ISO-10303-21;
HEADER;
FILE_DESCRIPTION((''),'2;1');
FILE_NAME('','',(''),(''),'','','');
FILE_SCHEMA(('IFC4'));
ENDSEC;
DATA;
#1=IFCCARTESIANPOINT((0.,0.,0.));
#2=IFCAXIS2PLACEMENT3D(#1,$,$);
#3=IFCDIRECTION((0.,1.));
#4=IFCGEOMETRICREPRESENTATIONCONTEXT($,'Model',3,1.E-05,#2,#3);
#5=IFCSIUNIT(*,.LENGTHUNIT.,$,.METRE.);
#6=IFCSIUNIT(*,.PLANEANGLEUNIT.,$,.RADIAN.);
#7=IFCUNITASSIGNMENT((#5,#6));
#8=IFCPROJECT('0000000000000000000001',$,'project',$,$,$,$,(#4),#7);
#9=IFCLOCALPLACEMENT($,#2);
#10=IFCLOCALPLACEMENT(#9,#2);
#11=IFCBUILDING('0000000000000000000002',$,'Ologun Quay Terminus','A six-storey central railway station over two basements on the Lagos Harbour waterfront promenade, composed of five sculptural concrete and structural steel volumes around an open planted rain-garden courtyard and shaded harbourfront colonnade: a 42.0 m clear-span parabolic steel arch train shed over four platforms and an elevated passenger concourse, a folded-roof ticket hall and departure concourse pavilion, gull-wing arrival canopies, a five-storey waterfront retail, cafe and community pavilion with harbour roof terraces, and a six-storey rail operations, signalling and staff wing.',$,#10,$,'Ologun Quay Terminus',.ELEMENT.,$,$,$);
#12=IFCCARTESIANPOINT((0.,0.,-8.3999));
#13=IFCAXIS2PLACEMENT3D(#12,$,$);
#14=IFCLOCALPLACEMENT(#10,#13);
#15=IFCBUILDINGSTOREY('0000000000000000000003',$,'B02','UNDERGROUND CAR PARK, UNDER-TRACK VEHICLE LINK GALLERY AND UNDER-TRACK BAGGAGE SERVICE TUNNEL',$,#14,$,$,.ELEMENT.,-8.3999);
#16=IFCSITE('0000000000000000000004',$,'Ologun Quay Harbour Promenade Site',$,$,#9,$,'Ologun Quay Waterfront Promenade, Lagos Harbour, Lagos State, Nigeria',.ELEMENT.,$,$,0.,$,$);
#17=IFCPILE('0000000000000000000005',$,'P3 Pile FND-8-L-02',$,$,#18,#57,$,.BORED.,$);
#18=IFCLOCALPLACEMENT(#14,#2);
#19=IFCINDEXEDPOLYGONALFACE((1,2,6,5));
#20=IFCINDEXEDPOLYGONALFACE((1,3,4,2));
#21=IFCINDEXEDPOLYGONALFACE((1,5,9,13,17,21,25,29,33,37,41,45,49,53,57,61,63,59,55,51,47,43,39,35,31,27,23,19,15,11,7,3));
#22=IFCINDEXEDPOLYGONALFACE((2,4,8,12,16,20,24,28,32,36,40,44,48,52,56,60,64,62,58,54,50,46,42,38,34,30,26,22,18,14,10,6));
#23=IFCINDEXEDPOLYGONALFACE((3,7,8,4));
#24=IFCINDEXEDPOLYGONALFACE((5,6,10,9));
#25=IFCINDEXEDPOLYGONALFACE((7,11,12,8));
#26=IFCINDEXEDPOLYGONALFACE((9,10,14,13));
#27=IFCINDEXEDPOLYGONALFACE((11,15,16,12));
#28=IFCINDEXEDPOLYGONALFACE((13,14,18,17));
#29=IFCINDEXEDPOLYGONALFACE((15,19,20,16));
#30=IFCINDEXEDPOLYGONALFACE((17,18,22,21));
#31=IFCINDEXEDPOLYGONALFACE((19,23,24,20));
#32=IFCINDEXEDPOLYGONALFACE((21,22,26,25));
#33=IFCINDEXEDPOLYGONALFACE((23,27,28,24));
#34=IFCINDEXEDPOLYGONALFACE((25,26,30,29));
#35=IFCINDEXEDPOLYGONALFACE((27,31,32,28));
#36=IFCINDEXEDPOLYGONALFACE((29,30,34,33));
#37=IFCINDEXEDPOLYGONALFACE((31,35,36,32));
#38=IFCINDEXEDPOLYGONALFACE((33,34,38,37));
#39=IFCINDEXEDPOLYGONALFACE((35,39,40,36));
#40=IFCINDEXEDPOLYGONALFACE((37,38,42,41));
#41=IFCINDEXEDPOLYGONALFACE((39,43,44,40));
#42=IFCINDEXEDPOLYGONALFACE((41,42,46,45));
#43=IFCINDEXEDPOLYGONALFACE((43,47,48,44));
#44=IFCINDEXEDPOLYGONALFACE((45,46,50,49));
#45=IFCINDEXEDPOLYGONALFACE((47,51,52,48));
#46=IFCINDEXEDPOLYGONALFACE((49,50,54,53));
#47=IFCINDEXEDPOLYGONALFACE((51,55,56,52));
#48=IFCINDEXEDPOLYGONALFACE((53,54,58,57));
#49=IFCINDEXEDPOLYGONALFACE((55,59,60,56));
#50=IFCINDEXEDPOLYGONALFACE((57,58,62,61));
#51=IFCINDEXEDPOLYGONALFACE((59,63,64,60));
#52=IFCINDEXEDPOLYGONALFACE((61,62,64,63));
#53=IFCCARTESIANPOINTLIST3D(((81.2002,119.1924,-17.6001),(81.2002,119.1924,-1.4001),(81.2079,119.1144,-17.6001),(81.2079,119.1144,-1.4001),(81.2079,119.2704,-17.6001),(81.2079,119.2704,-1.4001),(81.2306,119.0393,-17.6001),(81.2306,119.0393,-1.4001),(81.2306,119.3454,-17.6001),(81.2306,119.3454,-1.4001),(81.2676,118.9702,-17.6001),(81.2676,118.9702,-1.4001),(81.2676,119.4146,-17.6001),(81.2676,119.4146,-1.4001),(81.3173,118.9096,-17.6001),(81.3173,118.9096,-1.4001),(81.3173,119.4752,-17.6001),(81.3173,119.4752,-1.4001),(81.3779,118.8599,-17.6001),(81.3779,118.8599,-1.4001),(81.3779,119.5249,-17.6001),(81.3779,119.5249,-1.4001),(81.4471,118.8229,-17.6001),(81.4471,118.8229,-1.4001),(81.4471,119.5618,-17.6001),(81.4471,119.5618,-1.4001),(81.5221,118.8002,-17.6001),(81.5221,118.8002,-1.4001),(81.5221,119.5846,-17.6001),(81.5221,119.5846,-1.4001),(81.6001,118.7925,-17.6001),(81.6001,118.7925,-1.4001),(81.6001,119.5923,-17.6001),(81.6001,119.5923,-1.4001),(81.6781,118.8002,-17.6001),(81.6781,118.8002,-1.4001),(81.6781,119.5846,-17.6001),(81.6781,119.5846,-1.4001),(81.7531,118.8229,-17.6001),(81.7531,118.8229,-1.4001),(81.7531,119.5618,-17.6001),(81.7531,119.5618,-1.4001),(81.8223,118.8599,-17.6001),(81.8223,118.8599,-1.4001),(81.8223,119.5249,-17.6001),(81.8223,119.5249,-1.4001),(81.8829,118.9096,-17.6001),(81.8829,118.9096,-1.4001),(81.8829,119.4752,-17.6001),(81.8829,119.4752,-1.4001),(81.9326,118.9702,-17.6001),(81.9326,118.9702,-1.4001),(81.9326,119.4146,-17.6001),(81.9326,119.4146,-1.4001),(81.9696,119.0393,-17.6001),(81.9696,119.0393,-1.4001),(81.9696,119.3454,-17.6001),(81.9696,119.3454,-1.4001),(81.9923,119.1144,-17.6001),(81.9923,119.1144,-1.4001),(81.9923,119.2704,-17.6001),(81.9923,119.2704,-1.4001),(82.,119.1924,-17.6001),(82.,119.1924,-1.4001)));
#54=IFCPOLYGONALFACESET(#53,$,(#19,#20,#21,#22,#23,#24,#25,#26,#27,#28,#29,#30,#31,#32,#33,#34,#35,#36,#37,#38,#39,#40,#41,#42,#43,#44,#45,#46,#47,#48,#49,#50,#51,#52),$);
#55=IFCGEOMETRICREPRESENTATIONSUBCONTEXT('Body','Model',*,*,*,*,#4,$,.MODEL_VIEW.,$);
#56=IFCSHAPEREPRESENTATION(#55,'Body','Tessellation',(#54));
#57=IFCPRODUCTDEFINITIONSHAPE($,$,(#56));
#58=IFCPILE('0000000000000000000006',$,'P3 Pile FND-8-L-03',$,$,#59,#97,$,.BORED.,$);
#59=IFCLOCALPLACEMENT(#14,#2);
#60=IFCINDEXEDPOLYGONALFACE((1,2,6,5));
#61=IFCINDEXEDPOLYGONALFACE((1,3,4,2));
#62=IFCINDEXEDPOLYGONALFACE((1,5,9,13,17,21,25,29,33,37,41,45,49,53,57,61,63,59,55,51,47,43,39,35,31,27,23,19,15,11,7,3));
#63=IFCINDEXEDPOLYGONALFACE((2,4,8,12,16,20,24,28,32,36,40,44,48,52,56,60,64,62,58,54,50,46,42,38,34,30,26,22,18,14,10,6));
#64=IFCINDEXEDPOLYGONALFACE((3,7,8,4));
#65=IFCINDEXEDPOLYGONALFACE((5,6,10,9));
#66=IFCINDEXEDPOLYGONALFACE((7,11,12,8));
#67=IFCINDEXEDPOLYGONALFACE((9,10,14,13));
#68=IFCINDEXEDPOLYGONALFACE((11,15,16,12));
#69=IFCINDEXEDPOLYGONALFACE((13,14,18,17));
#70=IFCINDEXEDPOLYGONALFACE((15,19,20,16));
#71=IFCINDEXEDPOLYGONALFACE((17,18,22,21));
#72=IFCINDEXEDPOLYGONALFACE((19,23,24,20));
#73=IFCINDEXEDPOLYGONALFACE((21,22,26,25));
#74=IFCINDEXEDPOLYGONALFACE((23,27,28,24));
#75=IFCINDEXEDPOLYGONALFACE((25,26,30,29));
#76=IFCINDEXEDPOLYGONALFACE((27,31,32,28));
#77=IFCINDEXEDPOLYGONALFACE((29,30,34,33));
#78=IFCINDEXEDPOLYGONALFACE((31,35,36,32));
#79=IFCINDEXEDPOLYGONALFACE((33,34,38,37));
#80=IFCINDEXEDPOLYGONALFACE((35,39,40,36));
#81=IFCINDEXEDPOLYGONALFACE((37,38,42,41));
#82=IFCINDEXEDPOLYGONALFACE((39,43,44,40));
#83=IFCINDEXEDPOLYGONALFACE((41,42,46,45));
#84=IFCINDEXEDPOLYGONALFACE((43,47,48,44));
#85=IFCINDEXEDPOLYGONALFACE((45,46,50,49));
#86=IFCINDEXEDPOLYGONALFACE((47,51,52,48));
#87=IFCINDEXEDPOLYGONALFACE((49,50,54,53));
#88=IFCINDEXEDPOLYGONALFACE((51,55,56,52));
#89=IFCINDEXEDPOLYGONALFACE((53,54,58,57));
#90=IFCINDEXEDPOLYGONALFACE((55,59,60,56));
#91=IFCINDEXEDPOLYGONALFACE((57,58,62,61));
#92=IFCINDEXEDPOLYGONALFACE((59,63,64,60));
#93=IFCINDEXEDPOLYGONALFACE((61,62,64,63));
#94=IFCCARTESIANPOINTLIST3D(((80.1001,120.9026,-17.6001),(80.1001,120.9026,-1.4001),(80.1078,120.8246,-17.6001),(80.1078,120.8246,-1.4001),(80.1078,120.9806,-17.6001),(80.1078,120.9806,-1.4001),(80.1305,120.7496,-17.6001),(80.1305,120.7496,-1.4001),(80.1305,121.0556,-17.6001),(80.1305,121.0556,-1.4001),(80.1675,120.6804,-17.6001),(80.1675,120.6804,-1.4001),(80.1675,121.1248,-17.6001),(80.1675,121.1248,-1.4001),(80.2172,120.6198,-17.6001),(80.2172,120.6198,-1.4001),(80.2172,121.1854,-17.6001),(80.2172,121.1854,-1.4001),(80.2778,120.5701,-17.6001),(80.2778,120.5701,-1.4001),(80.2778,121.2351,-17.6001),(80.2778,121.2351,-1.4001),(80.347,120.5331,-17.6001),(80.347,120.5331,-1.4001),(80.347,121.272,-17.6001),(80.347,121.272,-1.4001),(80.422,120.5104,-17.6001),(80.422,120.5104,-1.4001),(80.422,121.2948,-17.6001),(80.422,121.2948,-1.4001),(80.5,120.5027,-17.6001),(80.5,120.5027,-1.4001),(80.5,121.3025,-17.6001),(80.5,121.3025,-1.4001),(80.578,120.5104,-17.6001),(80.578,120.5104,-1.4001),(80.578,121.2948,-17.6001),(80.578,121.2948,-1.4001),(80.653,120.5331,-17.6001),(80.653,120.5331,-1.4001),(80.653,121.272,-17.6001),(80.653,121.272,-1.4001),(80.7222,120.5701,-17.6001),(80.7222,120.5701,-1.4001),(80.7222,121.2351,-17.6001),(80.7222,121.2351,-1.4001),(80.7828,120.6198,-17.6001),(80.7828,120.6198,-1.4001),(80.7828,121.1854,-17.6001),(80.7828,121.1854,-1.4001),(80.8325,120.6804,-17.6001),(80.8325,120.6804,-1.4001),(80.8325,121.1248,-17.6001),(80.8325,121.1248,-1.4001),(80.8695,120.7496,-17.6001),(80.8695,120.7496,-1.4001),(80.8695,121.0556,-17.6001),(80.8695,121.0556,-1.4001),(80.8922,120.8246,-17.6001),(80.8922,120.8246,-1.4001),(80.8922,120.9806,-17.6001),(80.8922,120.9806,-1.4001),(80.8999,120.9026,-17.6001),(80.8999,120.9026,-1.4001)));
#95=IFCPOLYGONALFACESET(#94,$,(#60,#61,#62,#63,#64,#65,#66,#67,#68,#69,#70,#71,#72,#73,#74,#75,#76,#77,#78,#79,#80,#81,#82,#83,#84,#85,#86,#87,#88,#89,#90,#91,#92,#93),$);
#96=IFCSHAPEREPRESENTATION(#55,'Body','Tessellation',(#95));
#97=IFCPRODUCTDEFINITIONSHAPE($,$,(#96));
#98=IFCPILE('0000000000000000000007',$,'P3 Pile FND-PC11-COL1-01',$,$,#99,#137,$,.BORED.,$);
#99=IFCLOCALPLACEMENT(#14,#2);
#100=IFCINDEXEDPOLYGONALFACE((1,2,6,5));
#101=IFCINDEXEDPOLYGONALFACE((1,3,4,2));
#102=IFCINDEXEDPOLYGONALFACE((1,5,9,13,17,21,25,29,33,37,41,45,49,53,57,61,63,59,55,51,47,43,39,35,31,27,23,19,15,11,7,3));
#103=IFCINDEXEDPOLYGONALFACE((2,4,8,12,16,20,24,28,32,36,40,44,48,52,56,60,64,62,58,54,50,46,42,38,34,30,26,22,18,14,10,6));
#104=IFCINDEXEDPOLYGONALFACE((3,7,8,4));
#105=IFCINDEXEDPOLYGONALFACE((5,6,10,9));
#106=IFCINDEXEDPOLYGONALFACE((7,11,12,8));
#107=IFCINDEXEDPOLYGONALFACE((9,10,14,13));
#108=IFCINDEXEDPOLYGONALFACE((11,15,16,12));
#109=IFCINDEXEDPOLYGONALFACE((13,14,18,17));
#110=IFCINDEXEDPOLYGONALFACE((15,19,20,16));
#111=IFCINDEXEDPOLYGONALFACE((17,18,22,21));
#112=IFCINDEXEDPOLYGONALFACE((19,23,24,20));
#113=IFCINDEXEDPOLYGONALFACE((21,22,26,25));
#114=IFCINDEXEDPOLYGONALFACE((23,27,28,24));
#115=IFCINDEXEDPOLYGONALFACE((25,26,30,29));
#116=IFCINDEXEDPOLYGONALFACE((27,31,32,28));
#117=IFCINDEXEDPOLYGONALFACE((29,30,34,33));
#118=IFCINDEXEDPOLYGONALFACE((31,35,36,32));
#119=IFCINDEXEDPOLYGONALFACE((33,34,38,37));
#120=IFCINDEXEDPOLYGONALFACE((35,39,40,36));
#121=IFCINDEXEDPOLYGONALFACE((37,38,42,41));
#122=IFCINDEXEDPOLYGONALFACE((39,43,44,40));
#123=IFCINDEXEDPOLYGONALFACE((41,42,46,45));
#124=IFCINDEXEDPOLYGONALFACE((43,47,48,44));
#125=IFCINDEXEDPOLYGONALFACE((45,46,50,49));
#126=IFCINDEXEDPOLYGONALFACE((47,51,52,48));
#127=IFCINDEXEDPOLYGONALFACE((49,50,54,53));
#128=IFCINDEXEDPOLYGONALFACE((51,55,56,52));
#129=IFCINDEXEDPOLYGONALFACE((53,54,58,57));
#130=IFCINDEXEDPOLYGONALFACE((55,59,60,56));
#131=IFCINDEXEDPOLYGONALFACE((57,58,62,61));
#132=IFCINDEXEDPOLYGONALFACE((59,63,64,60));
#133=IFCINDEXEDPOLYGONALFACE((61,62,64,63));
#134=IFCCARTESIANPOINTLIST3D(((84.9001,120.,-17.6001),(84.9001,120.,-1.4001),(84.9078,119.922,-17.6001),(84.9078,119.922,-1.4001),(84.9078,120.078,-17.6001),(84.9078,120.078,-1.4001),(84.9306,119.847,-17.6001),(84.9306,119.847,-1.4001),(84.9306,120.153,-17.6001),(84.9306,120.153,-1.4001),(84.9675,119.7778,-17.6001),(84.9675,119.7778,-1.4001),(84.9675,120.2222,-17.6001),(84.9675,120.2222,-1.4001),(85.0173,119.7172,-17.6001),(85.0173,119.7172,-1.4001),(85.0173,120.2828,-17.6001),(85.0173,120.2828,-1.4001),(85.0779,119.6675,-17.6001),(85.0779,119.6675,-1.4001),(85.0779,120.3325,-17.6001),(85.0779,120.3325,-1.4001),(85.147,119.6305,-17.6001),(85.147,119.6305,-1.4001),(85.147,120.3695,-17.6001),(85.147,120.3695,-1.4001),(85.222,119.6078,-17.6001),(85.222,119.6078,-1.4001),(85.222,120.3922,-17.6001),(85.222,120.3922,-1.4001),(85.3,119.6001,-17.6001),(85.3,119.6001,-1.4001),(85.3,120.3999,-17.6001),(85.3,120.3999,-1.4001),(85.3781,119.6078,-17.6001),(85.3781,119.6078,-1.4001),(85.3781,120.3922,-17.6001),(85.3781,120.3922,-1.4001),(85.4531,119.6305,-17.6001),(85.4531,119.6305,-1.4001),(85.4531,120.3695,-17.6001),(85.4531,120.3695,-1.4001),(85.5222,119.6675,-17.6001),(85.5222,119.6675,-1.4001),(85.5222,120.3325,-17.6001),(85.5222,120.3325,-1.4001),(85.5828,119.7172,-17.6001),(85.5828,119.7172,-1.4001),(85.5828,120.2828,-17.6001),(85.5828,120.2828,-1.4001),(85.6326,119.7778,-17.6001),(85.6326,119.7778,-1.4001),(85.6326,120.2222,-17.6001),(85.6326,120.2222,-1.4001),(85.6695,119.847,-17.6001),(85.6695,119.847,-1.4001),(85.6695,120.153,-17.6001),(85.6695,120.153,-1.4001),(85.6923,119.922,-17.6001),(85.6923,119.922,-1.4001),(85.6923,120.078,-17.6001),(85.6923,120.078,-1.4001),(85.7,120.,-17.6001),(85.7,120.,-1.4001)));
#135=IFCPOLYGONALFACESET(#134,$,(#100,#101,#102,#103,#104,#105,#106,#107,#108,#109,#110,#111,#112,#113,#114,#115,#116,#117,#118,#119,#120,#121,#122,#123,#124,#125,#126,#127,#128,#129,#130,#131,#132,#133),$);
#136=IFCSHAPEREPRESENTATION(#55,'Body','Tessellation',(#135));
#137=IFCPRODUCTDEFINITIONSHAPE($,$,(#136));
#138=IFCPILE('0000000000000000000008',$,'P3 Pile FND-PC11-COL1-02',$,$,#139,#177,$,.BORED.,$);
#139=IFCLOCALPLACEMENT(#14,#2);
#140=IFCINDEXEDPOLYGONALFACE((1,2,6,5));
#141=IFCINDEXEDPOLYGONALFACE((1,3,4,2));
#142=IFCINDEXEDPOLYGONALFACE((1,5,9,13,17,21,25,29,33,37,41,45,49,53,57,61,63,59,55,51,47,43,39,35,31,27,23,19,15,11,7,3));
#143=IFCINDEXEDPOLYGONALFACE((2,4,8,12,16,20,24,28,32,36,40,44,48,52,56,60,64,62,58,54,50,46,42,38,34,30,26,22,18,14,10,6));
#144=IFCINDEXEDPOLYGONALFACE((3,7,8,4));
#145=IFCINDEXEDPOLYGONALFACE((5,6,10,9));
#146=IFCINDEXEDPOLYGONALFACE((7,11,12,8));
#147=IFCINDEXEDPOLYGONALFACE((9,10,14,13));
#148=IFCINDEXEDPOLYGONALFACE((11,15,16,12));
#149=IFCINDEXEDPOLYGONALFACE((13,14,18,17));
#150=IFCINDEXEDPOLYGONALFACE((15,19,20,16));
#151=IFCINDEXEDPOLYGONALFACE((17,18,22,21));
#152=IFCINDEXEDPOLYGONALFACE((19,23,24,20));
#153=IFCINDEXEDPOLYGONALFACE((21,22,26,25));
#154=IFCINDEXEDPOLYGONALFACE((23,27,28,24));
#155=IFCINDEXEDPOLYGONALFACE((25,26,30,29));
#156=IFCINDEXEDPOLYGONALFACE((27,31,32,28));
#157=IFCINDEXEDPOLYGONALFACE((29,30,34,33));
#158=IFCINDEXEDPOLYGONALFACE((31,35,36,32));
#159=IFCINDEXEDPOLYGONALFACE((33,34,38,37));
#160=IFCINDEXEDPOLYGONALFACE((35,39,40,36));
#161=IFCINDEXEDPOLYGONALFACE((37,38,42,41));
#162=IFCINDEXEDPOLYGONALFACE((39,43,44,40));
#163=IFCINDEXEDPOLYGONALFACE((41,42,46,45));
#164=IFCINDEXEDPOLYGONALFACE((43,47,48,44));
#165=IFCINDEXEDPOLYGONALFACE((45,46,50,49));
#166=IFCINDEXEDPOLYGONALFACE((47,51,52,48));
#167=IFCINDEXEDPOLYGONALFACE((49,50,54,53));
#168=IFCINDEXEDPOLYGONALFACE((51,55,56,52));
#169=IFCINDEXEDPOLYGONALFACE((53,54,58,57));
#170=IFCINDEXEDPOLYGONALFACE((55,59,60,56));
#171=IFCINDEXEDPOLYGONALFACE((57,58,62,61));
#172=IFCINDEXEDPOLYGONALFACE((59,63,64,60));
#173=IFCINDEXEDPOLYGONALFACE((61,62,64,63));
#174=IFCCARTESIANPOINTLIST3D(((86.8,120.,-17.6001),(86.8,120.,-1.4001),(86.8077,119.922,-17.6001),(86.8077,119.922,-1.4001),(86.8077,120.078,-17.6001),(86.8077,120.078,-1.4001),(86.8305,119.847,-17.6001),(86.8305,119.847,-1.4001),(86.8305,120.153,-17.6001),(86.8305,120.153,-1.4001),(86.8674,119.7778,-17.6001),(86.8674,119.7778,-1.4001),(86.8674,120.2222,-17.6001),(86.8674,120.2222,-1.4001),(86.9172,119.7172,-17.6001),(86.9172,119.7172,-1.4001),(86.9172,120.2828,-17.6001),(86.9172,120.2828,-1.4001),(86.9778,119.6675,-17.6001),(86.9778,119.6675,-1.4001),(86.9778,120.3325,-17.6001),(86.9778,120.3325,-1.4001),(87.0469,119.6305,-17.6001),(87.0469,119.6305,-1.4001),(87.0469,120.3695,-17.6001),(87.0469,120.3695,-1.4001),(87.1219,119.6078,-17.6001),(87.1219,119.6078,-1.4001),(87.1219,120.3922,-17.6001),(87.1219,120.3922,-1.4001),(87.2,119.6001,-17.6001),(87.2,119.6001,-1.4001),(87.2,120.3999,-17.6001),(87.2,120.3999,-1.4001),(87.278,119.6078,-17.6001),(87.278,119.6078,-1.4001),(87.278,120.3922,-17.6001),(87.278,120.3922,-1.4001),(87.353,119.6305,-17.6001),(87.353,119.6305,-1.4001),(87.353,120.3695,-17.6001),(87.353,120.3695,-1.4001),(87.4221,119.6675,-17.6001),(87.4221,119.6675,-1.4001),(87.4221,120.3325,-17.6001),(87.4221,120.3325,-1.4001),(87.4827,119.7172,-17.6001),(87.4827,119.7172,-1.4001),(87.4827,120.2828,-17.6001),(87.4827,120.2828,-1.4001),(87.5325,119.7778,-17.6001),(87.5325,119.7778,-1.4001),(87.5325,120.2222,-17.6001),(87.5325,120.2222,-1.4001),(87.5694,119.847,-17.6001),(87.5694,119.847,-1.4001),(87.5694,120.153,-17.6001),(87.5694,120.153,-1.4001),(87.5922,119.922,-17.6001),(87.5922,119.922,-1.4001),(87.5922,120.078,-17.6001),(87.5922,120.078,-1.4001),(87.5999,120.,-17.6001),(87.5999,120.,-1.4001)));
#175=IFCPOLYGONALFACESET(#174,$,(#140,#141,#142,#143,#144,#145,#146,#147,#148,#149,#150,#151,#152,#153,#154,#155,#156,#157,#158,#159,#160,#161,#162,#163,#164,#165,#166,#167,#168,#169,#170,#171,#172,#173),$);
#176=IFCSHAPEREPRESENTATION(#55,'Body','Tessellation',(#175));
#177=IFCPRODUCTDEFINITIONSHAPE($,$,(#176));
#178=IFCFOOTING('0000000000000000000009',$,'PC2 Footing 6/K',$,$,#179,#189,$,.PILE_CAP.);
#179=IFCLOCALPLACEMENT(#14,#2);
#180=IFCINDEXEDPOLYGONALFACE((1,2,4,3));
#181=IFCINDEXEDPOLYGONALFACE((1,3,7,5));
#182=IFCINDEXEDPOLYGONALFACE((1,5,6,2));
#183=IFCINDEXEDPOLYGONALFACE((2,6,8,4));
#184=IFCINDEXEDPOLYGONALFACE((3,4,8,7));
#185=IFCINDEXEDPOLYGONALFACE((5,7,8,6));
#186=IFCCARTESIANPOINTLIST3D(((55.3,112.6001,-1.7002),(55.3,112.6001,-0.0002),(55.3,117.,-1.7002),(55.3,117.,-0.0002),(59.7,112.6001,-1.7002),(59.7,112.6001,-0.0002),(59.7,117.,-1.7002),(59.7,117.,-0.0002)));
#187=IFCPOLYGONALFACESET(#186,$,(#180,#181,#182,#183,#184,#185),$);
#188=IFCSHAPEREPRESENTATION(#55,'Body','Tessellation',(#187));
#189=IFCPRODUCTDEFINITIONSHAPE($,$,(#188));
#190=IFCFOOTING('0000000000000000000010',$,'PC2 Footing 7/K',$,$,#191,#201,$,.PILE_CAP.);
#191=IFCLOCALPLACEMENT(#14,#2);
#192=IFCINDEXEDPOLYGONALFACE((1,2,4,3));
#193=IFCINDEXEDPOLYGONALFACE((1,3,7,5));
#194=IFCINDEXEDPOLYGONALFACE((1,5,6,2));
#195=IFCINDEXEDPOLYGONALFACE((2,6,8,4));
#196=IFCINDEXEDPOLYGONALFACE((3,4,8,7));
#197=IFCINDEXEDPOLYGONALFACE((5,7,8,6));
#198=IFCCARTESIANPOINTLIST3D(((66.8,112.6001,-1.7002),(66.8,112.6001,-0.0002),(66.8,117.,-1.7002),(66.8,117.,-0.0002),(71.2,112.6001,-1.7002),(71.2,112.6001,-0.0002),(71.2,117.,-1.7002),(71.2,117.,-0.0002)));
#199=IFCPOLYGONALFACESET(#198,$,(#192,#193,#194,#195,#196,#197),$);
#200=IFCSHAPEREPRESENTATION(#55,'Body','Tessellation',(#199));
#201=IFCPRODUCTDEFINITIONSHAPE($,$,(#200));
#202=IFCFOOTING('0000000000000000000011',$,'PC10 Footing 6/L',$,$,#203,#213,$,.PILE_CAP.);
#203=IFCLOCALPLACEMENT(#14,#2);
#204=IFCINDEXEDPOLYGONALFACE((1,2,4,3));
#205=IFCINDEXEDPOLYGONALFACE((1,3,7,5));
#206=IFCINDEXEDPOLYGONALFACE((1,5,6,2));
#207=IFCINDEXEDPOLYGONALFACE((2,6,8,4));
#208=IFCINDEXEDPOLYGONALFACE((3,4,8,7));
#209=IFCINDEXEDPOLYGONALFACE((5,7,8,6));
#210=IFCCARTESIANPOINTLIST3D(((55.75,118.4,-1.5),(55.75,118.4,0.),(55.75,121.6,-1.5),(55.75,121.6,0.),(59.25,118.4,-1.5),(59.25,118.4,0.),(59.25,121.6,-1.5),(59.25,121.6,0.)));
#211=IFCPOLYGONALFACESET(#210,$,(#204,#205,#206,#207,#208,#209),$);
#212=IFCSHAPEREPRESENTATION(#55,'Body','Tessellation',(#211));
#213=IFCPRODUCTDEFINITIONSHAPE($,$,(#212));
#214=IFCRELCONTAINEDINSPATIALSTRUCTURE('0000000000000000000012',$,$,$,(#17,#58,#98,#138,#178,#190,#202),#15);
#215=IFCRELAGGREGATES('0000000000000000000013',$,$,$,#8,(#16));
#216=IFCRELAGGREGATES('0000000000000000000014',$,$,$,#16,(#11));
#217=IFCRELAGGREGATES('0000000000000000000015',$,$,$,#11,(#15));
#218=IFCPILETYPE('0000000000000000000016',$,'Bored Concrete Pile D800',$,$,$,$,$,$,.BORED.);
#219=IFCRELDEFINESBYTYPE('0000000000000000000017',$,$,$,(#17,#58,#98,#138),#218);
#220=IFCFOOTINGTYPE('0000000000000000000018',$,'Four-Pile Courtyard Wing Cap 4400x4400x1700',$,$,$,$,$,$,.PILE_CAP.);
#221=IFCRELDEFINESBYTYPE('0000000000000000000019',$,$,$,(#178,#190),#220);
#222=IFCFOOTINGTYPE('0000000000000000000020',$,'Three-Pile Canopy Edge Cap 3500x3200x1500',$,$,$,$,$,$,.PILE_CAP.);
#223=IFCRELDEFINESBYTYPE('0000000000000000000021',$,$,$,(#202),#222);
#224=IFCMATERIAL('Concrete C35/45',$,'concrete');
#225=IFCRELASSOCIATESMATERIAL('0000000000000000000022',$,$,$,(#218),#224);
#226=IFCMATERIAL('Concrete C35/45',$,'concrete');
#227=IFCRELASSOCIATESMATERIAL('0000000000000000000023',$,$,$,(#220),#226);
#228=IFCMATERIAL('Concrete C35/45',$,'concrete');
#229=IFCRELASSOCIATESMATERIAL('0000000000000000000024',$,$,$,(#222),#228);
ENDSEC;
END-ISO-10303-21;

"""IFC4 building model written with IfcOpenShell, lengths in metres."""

from ifc_helpers import new_model, si_unit, direction, frame, origin, origin_2d, place, context, subcontext, project, spatial, rectangle, circle, extrude, material, material_profile, profile_set, type_object, element, save


model = new_model("IFC4")

# Units and contexts
model_context = context("Model", 3, precision=1e-05, world=origin(), true_north=direction((0.0, 1.0)))
body_context = subcontext(model_context, "Body", "Model", "MODEL_VIEW")
ifc_project = project(units=[si_unit("LENGTHUNIT", "METRE"), si_unit("PLANEANGLEUNIT", "RADIAN")], contexts=[model_context])

# Site, building, storey
site_placement = place(None, origin())
site = spatial("IfcSite", under=ifc_project, at=site_placement, Name="Ologun Quay Harbour Promenade Site", LongName="Ologun Quay Waterfront Promenade, Lagos Harbour, Lagos State, Nigeria", CompositionType="ELEMENT", RefElevation=0.0)
building_placement = place(site_placement, origin())
building = spatial("IfcBuilding", under=site, at=building_placement, Name="Ologun Quay Terminus", Description="A six-storey central railway station over two basements on the Lagos Harbour waterfront promenade, composed of five sculptural concrete and structural steel volumes around an open planted rain-garden courtyard and shaded harbourfront colonnade: a 42.0 m clear-span parabolic steel arch train shed over four platforms and an elevated passenger concourse, a folded-roof ticket hall and departure concourse pavilion, gull-wing arrival canopies, a five-storey waterfront retail, cafe and community pavilion with harbour roof terraces, and a six-storey rail operations, signalling and staff wing.", LongName="Ologun Quay Terminus", CompositionType="ELEMENT")
storey_placement = place(building_placement, frame((0.0, 0.0, -8.3999)))
storey = spatial("IfcBuildingStorey", under=building, at=storey_placement, Name="B02", Description="UNDERGROUND CAR PARK, UNDER-TRACK VEHICLE LINK GALLERY AND UNDER-TRACK BAGGAGE SERVICE TUNNEL", CompositionType="ELEMENT", Elevation=-8.3999)

# Piles
ifc_material_1 = material(Name="Concrete C35/45", Category="concrete")
ifc_material_profile_1 = material_profile(ifc_material_1, circle(Radius=0.3999, at=origin_2d()), Name="PILE D800")
ifc_profile_set_1 = profile_set([ifc_material_profile_1], Name="Concrete C35/45")
pile_type_1 = type_object("IfcPileType", Name="Bored Concrete Pile D800", PredefinedType="BORED", material=ifc_profile_set_1)
for number, where, z_axis, x_axis, name in (
    (1, (81.6001, 119.1924, -1.4001), (0.0, 0.0, -1.0), (1.0, 0.0, 0.0), "P3 Pile FND-8-L-02"),
    (2, (80.5, 120.9026, -1.4001), (0.0, 0.0, -1.0), (1.0, 0.0, 0.0), "P3 Pile FND-8-L-03"),
    (3, (85.3, 120.0, -1.4001), (0.0, 0.0, -1.0), (1.0, 0.0, 0.0), "P3 Pile FND-PC11-COL1-01"),
    (4, (87.2, 120.0, -1.4001), (0.0, 0.0, -1.0), (1.0, 0.0, 0.0), "P3 Pile FND-PC11-COL1-02"),
):
    element("IfcPile", number, at=place(storey_placement, frame(where, z_axis=z_axis, x_axis=x_axis)), inside=storey, type_object=pile_type_1, Name=name, PredefinedType="BORED", context=body_context, shape_type="SweptSolid", body=[
        extrude(circle(Radius=0.3999, at=origin_2d()), origin(), (0.0, 0.0, 1.0), 16.2),
    ])

# Footings
ifc_material_2 = material(Name="Concrete C35/45", Category="concrete")
footing_type_1 = type_object("IfcFootingType", Name="Four-Pile Courtyard Wing Cap 4400x4400x1700", PredefinedType="PILE_CAP", material=ifc_material_2)
for number, where, z_axis, x_axis, name in (
    (5, (57.5, 114.8, -1.7002), (0.0, 0.0, 1.0), (1.0, 0.0, 0.0), "PC2 Footing 6/K"),
    (6, (69.0, 114.8, -1.7002), (0.0, 0.0, 1.0), (1.0, 0.0, 0.0), "PC2 Footing 7/K"),
):
    element("IfcFooting", number, at=place(storey_placement, frame(where, z_axis=z_axis, x_axis=x_axis)), inside=storey, type_object=footing_type_1, Name=name, PredefinedType="PILE_CAP", context=body_context, shape_type="SweptSolid", body=[
        extrude(rectangle(XDim=4.3999, YDim=4.3999, at=origin_2d()), origin(), (0.0, 0.0, 1.0), 1.7),
    ])
ifc_material_3 = material(Name="Concrete C35/45", Category="concrete")
footing_type_2 = type_object("IfcFootingType", Name="Three-Pile Canopy Edge Cap 3500x3200x1500", PredefinedType="PILE_CAP", material=ifc_material_3)
for number, where, z_axis, x_axis, name in (
    (7, (57.5, 120.0, -1.5), (0.0, 0.0, 1.0), (1.0, 0.0, 0.0), "PC10 Footing 6/L"),
):
    element("IfcFooting", number, at=place(storey_placement, frame(where, z_axis=z_axis, x_axis=x_axis)), inside=storey, type_object=footing_type_2, Name=name, PredefinedType="PILE_CAP", context=body_context, shape_type="SweptSolid", body=[
        extrude(rectangle(XDim=3.5, YDim=3.2, at=origin_2d()), origin(), (0.0, 0.0, 1.0), 1.5),
    ])

save(model, "model.ifc")
